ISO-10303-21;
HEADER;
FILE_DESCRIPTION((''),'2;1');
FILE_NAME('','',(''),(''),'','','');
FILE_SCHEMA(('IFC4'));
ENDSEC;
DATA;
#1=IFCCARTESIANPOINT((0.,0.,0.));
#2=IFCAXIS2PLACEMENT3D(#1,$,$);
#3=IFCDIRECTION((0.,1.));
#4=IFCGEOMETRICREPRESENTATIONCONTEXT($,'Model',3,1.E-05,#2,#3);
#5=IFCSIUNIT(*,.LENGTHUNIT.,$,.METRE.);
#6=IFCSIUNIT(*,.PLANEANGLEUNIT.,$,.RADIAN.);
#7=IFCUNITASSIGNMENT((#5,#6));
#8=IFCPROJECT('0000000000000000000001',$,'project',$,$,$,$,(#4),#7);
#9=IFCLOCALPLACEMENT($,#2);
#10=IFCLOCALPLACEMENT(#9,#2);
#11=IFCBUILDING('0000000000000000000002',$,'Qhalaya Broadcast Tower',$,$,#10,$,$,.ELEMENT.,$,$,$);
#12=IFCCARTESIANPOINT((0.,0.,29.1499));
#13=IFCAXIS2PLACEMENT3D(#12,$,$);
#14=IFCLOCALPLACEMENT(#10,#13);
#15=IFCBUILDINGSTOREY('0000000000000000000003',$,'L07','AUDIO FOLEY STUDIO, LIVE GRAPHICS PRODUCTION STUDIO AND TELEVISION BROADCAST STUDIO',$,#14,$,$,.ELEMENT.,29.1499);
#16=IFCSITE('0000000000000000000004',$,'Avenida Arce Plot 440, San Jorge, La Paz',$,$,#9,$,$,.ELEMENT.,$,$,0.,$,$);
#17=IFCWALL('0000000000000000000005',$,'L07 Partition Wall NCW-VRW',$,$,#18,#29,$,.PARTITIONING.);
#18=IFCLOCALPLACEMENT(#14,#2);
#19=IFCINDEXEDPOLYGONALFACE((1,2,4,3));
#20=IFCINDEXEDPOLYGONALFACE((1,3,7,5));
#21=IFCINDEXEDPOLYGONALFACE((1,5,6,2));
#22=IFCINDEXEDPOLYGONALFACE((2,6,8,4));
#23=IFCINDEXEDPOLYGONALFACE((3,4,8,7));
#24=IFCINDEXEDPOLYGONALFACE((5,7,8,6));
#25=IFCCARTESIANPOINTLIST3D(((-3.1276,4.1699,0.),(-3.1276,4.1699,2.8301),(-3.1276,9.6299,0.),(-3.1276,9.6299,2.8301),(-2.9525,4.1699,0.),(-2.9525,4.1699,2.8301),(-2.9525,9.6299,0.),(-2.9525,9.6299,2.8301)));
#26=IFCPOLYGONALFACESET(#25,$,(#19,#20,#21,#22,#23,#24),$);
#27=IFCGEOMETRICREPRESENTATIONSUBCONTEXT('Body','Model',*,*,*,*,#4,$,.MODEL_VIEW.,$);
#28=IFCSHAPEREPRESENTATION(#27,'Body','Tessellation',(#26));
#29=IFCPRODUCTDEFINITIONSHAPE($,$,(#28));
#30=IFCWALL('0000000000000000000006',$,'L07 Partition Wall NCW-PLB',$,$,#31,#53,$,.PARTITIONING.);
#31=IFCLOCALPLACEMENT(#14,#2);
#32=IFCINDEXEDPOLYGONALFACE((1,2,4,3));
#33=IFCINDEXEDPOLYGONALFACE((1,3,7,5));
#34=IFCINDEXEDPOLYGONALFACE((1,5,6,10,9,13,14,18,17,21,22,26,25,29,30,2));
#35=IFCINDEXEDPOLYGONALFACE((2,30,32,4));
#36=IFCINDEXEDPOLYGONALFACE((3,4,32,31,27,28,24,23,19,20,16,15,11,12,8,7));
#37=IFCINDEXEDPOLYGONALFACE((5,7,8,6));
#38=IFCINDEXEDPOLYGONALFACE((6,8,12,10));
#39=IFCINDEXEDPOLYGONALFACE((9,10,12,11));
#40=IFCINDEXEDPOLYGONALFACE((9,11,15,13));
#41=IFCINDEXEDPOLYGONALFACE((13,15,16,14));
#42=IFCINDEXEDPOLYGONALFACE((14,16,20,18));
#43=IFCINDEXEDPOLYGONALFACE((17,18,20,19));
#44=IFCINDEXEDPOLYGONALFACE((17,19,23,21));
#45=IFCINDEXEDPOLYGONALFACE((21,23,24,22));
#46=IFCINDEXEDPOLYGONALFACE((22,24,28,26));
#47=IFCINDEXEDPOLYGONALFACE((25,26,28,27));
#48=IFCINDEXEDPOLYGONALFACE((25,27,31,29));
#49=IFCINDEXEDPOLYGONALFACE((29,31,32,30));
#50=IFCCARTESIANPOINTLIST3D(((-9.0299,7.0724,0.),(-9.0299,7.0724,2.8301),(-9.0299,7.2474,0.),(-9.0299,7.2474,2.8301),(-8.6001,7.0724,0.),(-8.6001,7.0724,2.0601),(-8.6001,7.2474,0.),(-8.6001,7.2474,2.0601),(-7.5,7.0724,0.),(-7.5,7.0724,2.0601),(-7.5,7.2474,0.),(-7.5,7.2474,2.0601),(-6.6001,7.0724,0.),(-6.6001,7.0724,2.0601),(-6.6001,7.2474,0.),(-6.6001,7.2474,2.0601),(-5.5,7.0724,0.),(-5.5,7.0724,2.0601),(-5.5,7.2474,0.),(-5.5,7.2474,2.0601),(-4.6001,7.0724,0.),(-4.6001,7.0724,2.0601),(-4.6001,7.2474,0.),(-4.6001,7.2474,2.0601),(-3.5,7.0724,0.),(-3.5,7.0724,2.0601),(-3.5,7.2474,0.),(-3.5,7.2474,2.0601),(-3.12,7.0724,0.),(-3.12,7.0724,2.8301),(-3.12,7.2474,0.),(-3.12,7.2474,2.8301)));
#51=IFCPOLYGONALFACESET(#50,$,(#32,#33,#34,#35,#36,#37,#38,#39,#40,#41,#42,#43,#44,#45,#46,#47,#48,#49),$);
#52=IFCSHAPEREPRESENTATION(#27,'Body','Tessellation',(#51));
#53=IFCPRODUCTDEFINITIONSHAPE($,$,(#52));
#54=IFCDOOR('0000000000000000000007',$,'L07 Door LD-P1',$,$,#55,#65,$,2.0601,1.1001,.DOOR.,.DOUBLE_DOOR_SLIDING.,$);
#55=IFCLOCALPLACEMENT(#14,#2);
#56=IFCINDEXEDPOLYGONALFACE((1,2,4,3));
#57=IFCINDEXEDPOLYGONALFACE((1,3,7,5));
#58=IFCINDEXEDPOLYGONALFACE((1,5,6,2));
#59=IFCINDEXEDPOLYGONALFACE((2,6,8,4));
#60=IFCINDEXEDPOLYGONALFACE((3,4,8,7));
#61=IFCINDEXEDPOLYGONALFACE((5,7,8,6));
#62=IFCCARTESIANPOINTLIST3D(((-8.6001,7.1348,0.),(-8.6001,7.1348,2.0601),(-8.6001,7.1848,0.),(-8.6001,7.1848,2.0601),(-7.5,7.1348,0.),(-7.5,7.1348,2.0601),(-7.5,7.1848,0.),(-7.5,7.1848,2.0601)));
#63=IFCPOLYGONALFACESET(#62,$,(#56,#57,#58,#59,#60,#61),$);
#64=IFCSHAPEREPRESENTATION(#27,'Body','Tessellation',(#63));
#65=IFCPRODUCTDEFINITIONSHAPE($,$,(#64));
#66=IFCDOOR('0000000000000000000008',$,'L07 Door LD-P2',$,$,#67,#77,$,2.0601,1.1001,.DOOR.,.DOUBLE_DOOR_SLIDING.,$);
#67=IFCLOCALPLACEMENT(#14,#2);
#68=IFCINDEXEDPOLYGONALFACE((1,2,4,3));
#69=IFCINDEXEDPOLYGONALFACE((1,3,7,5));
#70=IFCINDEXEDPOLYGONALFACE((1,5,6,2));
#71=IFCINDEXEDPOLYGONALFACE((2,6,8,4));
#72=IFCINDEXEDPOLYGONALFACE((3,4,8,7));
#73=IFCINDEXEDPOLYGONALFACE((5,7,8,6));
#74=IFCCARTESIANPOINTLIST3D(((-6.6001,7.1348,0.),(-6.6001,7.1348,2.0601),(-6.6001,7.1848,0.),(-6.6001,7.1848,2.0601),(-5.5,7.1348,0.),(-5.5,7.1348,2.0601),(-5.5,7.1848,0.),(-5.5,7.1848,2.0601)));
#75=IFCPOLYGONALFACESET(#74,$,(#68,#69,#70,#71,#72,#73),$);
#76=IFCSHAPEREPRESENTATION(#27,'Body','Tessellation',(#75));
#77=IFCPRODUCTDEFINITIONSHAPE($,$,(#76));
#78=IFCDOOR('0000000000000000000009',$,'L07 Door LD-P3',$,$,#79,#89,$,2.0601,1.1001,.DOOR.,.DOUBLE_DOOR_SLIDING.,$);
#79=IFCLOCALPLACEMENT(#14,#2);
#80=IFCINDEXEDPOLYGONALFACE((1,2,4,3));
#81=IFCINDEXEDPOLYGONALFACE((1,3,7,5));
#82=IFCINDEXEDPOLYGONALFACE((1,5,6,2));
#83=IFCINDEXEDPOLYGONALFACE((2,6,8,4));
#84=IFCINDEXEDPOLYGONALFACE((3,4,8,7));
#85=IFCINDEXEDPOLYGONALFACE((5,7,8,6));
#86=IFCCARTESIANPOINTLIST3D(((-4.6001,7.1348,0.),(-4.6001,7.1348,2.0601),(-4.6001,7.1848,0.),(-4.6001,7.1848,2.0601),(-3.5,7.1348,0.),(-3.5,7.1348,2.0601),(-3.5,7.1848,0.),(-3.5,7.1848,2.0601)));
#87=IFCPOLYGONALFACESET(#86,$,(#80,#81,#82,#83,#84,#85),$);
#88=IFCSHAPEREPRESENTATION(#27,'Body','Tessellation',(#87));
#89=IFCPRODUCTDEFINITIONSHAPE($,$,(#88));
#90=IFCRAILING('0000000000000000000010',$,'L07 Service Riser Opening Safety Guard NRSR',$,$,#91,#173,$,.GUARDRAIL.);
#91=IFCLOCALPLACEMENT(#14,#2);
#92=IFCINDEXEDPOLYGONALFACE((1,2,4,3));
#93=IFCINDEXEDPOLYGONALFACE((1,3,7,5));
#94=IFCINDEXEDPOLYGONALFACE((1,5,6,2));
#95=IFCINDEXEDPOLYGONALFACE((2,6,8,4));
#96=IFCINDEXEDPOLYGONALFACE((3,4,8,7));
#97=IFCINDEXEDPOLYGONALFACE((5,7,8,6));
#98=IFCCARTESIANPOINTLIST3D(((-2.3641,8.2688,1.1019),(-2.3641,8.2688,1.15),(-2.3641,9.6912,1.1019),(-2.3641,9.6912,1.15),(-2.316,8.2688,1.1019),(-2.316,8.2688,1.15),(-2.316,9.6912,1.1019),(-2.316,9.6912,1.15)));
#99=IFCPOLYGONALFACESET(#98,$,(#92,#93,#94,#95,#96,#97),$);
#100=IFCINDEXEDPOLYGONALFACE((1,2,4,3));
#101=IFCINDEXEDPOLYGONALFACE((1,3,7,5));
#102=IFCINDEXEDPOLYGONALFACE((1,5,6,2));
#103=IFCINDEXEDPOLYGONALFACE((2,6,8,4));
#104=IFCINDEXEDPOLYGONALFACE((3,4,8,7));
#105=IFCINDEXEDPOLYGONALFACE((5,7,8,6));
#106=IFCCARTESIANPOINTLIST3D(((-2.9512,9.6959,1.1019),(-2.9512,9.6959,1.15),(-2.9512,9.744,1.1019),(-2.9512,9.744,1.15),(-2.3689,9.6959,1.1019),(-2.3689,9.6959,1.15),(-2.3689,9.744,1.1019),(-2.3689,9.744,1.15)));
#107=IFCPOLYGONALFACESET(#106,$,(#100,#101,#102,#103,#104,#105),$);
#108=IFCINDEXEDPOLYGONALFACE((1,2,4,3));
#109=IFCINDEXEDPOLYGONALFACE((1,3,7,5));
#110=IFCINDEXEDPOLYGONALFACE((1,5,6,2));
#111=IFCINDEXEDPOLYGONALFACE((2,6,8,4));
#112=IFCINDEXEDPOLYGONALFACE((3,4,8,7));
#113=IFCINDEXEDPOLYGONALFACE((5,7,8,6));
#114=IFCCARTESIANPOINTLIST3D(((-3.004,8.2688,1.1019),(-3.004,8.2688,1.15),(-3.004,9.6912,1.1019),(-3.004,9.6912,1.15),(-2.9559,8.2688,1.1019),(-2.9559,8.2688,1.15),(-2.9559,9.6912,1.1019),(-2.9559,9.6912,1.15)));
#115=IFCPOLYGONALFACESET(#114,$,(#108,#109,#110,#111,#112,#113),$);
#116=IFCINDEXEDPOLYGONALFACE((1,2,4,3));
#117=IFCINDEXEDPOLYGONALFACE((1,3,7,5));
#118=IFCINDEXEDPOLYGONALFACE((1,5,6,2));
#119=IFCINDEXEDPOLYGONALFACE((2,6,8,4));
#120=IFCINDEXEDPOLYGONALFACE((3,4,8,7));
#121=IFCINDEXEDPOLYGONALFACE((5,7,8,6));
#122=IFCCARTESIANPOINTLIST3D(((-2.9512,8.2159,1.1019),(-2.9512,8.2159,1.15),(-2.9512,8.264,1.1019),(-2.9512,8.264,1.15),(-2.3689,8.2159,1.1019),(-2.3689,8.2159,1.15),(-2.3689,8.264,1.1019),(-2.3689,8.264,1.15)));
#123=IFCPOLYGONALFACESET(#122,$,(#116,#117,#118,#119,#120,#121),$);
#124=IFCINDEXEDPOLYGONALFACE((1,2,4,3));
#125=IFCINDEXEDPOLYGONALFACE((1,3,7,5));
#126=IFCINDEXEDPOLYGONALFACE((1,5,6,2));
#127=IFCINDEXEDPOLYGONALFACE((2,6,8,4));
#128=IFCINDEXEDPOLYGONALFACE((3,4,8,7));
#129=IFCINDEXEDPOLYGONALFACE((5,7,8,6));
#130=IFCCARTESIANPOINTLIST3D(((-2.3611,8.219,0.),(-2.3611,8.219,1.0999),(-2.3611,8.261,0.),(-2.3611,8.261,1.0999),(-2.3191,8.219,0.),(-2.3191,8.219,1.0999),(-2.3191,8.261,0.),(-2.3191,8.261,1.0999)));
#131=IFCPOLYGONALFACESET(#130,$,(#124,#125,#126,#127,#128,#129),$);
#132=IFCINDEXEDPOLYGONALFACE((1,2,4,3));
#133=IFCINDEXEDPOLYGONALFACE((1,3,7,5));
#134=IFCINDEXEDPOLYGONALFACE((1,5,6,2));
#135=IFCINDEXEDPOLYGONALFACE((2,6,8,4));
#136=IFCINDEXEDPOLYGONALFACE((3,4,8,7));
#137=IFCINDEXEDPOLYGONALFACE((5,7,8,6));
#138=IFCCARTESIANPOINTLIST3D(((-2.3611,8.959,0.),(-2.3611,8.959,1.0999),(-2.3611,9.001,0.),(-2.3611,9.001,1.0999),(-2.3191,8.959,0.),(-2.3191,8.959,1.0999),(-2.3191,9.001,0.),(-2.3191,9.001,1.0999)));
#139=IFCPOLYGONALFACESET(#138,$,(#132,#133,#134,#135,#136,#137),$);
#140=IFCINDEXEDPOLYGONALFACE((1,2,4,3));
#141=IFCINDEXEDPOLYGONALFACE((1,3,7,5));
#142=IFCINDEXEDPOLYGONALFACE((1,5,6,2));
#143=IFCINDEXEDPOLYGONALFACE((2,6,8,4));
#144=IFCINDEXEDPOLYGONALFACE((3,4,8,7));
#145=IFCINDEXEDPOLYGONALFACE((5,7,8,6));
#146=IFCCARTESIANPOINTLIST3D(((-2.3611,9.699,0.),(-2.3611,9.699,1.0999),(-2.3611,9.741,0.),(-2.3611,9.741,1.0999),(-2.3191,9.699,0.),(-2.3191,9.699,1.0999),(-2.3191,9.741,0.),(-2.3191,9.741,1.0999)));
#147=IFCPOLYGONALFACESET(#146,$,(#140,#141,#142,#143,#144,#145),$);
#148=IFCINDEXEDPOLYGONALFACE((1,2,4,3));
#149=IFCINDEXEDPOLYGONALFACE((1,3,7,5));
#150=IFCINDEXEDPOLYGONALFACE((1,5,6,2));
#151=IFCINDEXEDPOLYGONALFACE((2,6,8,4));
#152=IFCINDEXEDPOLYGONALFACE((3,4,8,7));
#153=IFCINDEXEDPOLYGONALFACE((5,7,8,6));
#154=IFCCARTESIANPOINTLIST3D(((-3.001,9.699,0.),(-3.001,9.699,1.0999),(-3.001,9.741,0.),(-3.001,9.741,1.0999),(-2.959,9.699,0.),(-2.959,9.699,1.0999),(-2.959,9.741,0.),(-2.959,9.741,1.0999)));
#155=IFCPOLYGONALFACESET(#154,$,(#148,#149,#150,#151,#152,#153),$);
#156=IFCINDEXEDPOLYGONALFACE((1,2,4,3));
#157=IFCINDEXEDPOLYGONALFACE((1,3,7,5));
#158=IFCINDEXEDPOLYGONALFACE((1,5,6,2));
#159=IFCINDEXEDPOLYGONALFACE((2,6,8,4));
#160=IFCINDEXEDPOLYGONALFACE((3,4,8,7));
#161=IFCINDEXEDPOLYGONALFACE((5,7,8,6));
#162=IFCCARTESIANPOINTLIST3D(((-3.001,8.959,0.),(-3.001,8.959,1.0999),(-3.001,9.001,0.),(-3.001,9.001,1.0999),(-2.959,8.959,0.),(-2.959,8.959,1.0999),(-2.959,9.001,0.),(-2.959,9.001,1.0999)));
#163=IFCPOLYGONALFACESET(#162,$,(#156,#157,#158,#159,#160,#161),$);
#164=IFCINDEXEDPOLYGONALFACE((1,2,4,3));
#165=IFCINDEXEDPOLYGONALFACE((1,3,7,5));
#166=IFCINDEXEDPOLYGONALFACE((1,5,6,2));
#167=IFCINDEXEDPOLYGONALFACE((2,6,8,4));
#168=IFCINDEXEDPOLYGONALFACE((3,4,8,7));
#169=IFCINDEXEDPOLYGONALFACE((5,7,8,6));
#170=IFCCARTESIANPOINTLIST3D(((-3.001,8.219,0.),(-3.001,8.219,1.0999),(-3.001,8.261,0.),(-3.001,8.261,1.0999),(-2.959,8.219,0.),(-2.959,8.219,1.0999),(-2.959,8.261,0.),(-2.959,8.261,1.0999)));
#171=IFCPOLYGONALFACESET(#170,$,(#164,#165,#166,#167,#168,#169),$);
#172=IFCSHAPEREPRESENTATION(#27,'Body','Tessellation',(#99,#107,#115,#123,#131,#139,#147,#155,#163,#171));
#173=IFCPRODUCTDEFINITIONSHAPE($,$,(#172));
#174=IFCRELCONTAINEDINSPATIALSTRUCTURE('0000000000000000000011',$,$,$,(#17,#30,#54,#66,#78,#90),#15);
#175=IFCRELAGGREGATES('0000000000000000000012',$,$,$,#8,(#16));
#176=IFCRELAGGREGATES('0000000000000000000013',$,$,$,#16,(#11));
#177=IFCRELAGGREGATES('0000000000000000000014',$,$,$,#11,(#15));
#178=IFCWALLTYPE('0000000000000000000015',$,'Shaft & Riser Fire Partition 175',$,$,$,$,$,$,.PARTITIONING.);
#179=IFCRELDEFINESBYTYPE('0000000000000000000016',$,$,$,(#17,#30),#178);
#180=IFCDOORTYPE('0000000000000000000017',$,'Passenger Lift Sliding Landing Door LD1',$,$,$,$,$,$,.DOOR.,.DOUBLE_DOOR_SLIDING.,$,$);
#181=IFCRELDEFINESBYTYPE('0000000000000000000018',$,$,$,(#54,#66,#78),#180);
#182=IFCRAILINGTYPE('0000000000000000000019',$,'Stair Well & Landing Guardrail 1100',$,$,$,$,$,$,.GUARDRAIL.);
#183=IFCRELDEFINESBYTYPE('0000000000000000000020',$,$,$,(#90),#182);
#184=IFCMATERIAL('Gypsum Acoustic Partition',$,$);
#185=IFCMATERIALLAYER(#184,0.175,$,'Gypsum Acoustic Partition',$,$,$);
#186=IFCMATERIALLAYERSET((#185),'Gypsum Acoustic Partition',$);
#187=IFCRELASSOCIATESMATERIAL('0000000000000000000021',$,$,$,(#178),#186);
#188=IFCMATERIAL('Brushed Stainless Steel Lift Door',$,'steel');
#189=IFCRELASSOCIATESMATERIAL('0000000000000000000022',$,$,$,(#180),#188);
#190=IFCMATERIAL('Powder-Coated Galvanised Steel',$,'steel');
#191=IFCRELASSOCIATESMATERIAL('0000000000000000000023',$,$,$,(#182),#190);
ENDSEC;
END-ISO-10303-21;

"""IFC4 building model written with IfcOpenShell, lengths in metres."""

from ifc_helpers import new_model, si_unit, direction, frame, frame_2d, origin, origin_2d, place, context, subcontext, project, spatial, rectangle, extrude, material, layer, layer_set, type_object, element, fill, save


model = new_model("IFC4")

# Units and contexts
model_context = context("Model", 3, precision=1e-05, world=origin(), true_north=direction((0.0, 1.0)))
body_context = subcontext(model_context, "Body", "Model", "MODEL_VIEW")
ifc_project = project(units=[si_unit("LENGTHUNIT", "METRE"), si_unit("PLANEANGLEUNIT", "RADIAN")], contexts=[model_context])

# Site, building, storey
site_placement = place(None, origin())
site = spatial("IfcSite", under=ifc_project, at=site_placement, Name="Avenida Arce Plot 440, San Jorge, La Paz", CompositionType="ELEMENT", RefElevation=0.0)
building_placement = place(site_placement, origin())
building = spatial("IfcBuilding", under=site, at=building_placement, Name="Qhalaya Broadcast Tower", CompositionType="ELEMENT")
storey_placement = place(building_placement, frame((0.0, 0.0, 29.1499)))
storey = spatial("IfcBuildingStorey", under=building, at=storey_placement, Name="L07", Description="AUDIO FOLEY STUDIO, LIVE GRAPHICS PRODUCTION STUDIO AND TELEVISION BROADCAST STUDIO", CompositionType="ELEMENT", Elevation=29.1499)

# Shared definitions
ifc_material_1 = material(Name="Gypsum Acoustic Partition")

# Wall
ifc_layer_1 = layer(ifc_material_1, 0.175, Name="Gypsum Acoustic Partition")
ifc_layer_set_1 = layer_set([ifc_layer_1], Name="Gypsum Acoustic Partition")
wall_type_1 = type_object("IfcWallType", Name="Shaft & Riser Fire Partition 175", PredefinedType="PARTITIONING", material=ifc_layer_set_1)
wall_1_placement = place(storey_placement, frame((-3.04, 4.1699, 0.0), z_axis=(0.0, 0.0, 1.0), x_axis=(0.0, 1.0, 0.0)))
element("IfcWall", 1, at=wall_1_placement, inside=storey, type_object=wall_type_1, Name="L07 Partition Wall NCW-VRW", PredefinedType="PARTITIONING", context=body_context, shape_type="SweptSolid", body=[
    extrude(rectangle(XDim=5.46, YDim=0.175, at=frame_2d((2.73, 0.0))), origin(), (0.0, 0.0, 1.0), 2.8301),
])

# Wall, openings, doors
wall_2_placement = place(storey_placement, frame((-9.03, 7.1599, 0.0), z_axis=(0.0, 0.0, 1.0), x_axis=(1.0, 0.0, 0.0)))
wall_2 = element("IfcWall", 2, at=wall_2_placement, inside=storey, type_object=wall_type_1, Name="L07 Partition Wall NCW-PLB", PredefinedType="PARTITIONING", context=body_context, shape_type="SweptSolid", body=[
    extrude(rectangle(XDim=5.9099, YDim=0.175, at=frame_2d((2.9551, 0.0))), origin(), (0.0, 0.0, 1.0), 2.8301),
])
opening_1_placement = place(wall_2_placement, frame((0.4299, 0.0, 0.0)))
opening_1 = element("IfcOpeningElement", 3, at=opening_1_placement, cuts=wall_2, PredefinedType="OPENING", context=body_context, shape_type="SweptSolid", body=[
    extrude(rectangle(XDim=1.1001, YDim=2.0601, at=frame_2d((0.55, 1.03))), frame((0.0, 0.0996, 0.0), z_axis=(0.0, -1.0, 0.0), x_axis=(1.0, 0.0, 0.0)), (0.0, 0.0, 1.0), 0.199),
])
opening_2_placement = place(wall_2_placement, frame((2.4299, 0.0, 0.0)))
opening_2 = element("IfcOpeningElement", 4, at=opening_2_placement, cuts=wall_2, PredefinedType="OPENING", context=body_context, shape_type="SweptSolid", body=[
    extrude(rectangle(XDim=1.1001, YDim=2.0601, at=frame_2d((0.55, 1.03))), frame((0.0, 0.0996, 0.0), z_axis=(0.0, -1.0, 0.0), x_axis=(1.0, 0.0, 0.0)), (0.0, 0.0, 1.0), 0.199),
])
opening_3_placement = place(wall_2_placement, frame((4.4299, 0.0, 0.0)))
opening_3 = element("IfcOpeningElement", 5, at=opening_3_placement, cuts=wall_2, PredefinedType="OPENING", context=body_context, shape_type="SweptSolid", body=[
    extrude(rectangle(XDim=1.1001, YDim=2.0601, at=frame_2d((0.55, 1.03))), frame((0.0, 0.0996, 0.0), z_axis=(0.0, -1.0, 0.0), x_axis=(1.0, 0.0, 0.0)), (0.0, 0.0, 1.0), 0.199),
])
ifc_material_2 = material(Name="Brushed Stainless Steel Lift Door", Category="steel")
door_type_1 = type_object("IfcDoorType", Name="Passenger Lift Sliding Landing Door LD1", OperationType="DOUBLE_DOOR_SLIDING", PredefinedType="DOOR", material=ifc_material_2)
door_1_placement = place(opening_1_placement, origin())
door_1 = element("IfcDoor", 6, at=door_1_placement, inside=storey, type_object=door_type_1, Name="L07 Door LD-P1", OperationType="DOUBLE_DOOR_SLIDING", OverallHeight=2.0601, OverallWidth=1.1001, PredefinedType="DOOR", context=body_context, shape_type="SweptSolid", body=[
    extrude(rectangle(XDim=1.1001, YDim=2.0601, at=frame_2d((0.55, 1.03))), frame((0.0, 0.0249, 0.0), z_axis=(0.0, -1.0, 0.0), x_axis=(1.0, 0.0, 0.0)), (0.0, 0.0, 1.0), 0.05),
])
fill(opening_1, door_1)
door_2_placement = place(opening_2_placement, origin())
door_2 = element("IfcDoor", 7, at=door_2_placement, inside=storey, type_object=door_type_1, Name="L07 Door LD-P2", OperationType="DOUBLE_DOOR_SLIDING", OverallHeight=2.0601, OverallWidth=1.1001, PredefinedType="DOOR", context=body_context, shape_type="SweptSolid", body=[
    extrude(rectangle(XDim=1.1001, YDim=2.0601, at=frame_2d((0.55, 1.03))), frame((0.0, 0.0249, 0.0), z_axis=(0.0, -1.0, 0.0), x_axis=(1.0, 0.0, 0.0)), (0.0, 0.0, 1.0), 0.05),
])
fill(opening_2, door_2)
door_3_placement = place(opening_3_placement, origin())
door_3 = element("IfcDoor", 8, at=door_3_placement, inside=storey, type_object=door_type_1, Name="L07 Door LD-P3", OperationType="DOUBLE_DOOR_SLIDING", OverallHeight=2.0601, OverallWidth=1.1001, PredefinedType="DOOR", context=body_context, shape_type="SweptSolid", body=[
    extrude(rectangle(XDim=1.1001, YDim=2.0601, at=frame_2d((0.55, 1.03))), frame((0.0, 0.0249, 0.0), z_axis=(0.0, -1.0, 0.0), x_axis=(1.0, 0.0, 0.0)), (0.0, 0.0, 1.0), 0.05),
])
fill(opening_3, door_3)

# Railing
ifc_material_3 = material(Name="Powder-Coated Galvanised Steel", Category="steel")
railing_type = type_object("IfcRailingType", Name="Stair Well & Landing Guardrail 1100", PredefinedType="GUARDRAIL", material=ifc_material_3)
railing_placement = place(storey_placement, frame((-2.3401, 8.24, 0.0)))
element("IfcRailing", 9, at=railing_placement, inside=storey, type_object=railing_type, Name="L07 Service Riser Opening Safety Guard NRSR", PredefinedType="GUARDRAIL", context=body_context, shape_type="SweptSolid", body=[
    extrude(rectangle(XDim=0.0481, YDim=0.0481, at=origin_2d()), frame((0.0, 0.0288, 1.126), z_axis=(0.0, 1.0, 0.0), x_axis=(-1.0, 0.0, 0.0)), (0.0, 0.0, 1.0), 1.4224),
    extrude(rectangle(XDim=0.0481, YDim=0.0481, at=origin_2d()), frame((-0.0288, 1.48, 1.126), z_axis=(-1.0, 0.0, 0.0), x_axis=(0.0, -1.0, 0.0)), (0.0, 0.0, 1.0), 0.5823),
    extrude(rectangle(XDim=0.0481, YDim=0.0481, at=origin_2d()), frame((-0.6399, 1.4512, 1.126), z_axis=(0.0, -1.0, 0.0), x_axis=(1.0, 0.0, 0.0)), (0.0, 0.0, 1.0), 1.4224),
    extrude(rectangle(XDim=0.0481, YDim=0.0481, at=origin_2d()), frame((-0.6111, 0.0, 1.126), z_axis=(1.0, 0.0, 0.0), x_axis=(0.0, 1.0, 0.0)), (0.0, 0.0, 1.0), 0.5823),
    extrude(rectangle(XDim=0.042, YDim=0.042, at=origin_2d()), origin(), (0.0, 0.0, 1.0), 1.0999),
    extrude(rectangle(XDim=0.042, YDim=0.042, at=origin_2d()), frame((0.0, 0.74, 0.0)), (0.0, 0.0, 1.0), 1.0999),
    extrude(rectangle(XDim=0.042, YDim=0.042, at=origin_2d()), frame((0.0, 1.48, 0.0)), (0.0, 0.0, 1.0), 1.0999),
    extrude(rectangle(XDim=0.042, YDim=0.042, at=origin_2d()), frame((-0.6399, 1.48, 0.0)), (0.0, 0.0, 1.0), 1.0999),
    extrude(rectangle(XDim=0.042, YDim=0.042, at=origin_2d()), frame((-0.6399, 0.74, 0.0)), (0.0, 0.0, 1.0), 1.0999),
    extrude(rectangle(XDim=0.042, YDim=0.042, at=origin_2d()), frame((-0.6399, 0.0, 0.0)), (0.0, 0.0, 1.0), 1.0999),
])

save(model, "model.ifc")
